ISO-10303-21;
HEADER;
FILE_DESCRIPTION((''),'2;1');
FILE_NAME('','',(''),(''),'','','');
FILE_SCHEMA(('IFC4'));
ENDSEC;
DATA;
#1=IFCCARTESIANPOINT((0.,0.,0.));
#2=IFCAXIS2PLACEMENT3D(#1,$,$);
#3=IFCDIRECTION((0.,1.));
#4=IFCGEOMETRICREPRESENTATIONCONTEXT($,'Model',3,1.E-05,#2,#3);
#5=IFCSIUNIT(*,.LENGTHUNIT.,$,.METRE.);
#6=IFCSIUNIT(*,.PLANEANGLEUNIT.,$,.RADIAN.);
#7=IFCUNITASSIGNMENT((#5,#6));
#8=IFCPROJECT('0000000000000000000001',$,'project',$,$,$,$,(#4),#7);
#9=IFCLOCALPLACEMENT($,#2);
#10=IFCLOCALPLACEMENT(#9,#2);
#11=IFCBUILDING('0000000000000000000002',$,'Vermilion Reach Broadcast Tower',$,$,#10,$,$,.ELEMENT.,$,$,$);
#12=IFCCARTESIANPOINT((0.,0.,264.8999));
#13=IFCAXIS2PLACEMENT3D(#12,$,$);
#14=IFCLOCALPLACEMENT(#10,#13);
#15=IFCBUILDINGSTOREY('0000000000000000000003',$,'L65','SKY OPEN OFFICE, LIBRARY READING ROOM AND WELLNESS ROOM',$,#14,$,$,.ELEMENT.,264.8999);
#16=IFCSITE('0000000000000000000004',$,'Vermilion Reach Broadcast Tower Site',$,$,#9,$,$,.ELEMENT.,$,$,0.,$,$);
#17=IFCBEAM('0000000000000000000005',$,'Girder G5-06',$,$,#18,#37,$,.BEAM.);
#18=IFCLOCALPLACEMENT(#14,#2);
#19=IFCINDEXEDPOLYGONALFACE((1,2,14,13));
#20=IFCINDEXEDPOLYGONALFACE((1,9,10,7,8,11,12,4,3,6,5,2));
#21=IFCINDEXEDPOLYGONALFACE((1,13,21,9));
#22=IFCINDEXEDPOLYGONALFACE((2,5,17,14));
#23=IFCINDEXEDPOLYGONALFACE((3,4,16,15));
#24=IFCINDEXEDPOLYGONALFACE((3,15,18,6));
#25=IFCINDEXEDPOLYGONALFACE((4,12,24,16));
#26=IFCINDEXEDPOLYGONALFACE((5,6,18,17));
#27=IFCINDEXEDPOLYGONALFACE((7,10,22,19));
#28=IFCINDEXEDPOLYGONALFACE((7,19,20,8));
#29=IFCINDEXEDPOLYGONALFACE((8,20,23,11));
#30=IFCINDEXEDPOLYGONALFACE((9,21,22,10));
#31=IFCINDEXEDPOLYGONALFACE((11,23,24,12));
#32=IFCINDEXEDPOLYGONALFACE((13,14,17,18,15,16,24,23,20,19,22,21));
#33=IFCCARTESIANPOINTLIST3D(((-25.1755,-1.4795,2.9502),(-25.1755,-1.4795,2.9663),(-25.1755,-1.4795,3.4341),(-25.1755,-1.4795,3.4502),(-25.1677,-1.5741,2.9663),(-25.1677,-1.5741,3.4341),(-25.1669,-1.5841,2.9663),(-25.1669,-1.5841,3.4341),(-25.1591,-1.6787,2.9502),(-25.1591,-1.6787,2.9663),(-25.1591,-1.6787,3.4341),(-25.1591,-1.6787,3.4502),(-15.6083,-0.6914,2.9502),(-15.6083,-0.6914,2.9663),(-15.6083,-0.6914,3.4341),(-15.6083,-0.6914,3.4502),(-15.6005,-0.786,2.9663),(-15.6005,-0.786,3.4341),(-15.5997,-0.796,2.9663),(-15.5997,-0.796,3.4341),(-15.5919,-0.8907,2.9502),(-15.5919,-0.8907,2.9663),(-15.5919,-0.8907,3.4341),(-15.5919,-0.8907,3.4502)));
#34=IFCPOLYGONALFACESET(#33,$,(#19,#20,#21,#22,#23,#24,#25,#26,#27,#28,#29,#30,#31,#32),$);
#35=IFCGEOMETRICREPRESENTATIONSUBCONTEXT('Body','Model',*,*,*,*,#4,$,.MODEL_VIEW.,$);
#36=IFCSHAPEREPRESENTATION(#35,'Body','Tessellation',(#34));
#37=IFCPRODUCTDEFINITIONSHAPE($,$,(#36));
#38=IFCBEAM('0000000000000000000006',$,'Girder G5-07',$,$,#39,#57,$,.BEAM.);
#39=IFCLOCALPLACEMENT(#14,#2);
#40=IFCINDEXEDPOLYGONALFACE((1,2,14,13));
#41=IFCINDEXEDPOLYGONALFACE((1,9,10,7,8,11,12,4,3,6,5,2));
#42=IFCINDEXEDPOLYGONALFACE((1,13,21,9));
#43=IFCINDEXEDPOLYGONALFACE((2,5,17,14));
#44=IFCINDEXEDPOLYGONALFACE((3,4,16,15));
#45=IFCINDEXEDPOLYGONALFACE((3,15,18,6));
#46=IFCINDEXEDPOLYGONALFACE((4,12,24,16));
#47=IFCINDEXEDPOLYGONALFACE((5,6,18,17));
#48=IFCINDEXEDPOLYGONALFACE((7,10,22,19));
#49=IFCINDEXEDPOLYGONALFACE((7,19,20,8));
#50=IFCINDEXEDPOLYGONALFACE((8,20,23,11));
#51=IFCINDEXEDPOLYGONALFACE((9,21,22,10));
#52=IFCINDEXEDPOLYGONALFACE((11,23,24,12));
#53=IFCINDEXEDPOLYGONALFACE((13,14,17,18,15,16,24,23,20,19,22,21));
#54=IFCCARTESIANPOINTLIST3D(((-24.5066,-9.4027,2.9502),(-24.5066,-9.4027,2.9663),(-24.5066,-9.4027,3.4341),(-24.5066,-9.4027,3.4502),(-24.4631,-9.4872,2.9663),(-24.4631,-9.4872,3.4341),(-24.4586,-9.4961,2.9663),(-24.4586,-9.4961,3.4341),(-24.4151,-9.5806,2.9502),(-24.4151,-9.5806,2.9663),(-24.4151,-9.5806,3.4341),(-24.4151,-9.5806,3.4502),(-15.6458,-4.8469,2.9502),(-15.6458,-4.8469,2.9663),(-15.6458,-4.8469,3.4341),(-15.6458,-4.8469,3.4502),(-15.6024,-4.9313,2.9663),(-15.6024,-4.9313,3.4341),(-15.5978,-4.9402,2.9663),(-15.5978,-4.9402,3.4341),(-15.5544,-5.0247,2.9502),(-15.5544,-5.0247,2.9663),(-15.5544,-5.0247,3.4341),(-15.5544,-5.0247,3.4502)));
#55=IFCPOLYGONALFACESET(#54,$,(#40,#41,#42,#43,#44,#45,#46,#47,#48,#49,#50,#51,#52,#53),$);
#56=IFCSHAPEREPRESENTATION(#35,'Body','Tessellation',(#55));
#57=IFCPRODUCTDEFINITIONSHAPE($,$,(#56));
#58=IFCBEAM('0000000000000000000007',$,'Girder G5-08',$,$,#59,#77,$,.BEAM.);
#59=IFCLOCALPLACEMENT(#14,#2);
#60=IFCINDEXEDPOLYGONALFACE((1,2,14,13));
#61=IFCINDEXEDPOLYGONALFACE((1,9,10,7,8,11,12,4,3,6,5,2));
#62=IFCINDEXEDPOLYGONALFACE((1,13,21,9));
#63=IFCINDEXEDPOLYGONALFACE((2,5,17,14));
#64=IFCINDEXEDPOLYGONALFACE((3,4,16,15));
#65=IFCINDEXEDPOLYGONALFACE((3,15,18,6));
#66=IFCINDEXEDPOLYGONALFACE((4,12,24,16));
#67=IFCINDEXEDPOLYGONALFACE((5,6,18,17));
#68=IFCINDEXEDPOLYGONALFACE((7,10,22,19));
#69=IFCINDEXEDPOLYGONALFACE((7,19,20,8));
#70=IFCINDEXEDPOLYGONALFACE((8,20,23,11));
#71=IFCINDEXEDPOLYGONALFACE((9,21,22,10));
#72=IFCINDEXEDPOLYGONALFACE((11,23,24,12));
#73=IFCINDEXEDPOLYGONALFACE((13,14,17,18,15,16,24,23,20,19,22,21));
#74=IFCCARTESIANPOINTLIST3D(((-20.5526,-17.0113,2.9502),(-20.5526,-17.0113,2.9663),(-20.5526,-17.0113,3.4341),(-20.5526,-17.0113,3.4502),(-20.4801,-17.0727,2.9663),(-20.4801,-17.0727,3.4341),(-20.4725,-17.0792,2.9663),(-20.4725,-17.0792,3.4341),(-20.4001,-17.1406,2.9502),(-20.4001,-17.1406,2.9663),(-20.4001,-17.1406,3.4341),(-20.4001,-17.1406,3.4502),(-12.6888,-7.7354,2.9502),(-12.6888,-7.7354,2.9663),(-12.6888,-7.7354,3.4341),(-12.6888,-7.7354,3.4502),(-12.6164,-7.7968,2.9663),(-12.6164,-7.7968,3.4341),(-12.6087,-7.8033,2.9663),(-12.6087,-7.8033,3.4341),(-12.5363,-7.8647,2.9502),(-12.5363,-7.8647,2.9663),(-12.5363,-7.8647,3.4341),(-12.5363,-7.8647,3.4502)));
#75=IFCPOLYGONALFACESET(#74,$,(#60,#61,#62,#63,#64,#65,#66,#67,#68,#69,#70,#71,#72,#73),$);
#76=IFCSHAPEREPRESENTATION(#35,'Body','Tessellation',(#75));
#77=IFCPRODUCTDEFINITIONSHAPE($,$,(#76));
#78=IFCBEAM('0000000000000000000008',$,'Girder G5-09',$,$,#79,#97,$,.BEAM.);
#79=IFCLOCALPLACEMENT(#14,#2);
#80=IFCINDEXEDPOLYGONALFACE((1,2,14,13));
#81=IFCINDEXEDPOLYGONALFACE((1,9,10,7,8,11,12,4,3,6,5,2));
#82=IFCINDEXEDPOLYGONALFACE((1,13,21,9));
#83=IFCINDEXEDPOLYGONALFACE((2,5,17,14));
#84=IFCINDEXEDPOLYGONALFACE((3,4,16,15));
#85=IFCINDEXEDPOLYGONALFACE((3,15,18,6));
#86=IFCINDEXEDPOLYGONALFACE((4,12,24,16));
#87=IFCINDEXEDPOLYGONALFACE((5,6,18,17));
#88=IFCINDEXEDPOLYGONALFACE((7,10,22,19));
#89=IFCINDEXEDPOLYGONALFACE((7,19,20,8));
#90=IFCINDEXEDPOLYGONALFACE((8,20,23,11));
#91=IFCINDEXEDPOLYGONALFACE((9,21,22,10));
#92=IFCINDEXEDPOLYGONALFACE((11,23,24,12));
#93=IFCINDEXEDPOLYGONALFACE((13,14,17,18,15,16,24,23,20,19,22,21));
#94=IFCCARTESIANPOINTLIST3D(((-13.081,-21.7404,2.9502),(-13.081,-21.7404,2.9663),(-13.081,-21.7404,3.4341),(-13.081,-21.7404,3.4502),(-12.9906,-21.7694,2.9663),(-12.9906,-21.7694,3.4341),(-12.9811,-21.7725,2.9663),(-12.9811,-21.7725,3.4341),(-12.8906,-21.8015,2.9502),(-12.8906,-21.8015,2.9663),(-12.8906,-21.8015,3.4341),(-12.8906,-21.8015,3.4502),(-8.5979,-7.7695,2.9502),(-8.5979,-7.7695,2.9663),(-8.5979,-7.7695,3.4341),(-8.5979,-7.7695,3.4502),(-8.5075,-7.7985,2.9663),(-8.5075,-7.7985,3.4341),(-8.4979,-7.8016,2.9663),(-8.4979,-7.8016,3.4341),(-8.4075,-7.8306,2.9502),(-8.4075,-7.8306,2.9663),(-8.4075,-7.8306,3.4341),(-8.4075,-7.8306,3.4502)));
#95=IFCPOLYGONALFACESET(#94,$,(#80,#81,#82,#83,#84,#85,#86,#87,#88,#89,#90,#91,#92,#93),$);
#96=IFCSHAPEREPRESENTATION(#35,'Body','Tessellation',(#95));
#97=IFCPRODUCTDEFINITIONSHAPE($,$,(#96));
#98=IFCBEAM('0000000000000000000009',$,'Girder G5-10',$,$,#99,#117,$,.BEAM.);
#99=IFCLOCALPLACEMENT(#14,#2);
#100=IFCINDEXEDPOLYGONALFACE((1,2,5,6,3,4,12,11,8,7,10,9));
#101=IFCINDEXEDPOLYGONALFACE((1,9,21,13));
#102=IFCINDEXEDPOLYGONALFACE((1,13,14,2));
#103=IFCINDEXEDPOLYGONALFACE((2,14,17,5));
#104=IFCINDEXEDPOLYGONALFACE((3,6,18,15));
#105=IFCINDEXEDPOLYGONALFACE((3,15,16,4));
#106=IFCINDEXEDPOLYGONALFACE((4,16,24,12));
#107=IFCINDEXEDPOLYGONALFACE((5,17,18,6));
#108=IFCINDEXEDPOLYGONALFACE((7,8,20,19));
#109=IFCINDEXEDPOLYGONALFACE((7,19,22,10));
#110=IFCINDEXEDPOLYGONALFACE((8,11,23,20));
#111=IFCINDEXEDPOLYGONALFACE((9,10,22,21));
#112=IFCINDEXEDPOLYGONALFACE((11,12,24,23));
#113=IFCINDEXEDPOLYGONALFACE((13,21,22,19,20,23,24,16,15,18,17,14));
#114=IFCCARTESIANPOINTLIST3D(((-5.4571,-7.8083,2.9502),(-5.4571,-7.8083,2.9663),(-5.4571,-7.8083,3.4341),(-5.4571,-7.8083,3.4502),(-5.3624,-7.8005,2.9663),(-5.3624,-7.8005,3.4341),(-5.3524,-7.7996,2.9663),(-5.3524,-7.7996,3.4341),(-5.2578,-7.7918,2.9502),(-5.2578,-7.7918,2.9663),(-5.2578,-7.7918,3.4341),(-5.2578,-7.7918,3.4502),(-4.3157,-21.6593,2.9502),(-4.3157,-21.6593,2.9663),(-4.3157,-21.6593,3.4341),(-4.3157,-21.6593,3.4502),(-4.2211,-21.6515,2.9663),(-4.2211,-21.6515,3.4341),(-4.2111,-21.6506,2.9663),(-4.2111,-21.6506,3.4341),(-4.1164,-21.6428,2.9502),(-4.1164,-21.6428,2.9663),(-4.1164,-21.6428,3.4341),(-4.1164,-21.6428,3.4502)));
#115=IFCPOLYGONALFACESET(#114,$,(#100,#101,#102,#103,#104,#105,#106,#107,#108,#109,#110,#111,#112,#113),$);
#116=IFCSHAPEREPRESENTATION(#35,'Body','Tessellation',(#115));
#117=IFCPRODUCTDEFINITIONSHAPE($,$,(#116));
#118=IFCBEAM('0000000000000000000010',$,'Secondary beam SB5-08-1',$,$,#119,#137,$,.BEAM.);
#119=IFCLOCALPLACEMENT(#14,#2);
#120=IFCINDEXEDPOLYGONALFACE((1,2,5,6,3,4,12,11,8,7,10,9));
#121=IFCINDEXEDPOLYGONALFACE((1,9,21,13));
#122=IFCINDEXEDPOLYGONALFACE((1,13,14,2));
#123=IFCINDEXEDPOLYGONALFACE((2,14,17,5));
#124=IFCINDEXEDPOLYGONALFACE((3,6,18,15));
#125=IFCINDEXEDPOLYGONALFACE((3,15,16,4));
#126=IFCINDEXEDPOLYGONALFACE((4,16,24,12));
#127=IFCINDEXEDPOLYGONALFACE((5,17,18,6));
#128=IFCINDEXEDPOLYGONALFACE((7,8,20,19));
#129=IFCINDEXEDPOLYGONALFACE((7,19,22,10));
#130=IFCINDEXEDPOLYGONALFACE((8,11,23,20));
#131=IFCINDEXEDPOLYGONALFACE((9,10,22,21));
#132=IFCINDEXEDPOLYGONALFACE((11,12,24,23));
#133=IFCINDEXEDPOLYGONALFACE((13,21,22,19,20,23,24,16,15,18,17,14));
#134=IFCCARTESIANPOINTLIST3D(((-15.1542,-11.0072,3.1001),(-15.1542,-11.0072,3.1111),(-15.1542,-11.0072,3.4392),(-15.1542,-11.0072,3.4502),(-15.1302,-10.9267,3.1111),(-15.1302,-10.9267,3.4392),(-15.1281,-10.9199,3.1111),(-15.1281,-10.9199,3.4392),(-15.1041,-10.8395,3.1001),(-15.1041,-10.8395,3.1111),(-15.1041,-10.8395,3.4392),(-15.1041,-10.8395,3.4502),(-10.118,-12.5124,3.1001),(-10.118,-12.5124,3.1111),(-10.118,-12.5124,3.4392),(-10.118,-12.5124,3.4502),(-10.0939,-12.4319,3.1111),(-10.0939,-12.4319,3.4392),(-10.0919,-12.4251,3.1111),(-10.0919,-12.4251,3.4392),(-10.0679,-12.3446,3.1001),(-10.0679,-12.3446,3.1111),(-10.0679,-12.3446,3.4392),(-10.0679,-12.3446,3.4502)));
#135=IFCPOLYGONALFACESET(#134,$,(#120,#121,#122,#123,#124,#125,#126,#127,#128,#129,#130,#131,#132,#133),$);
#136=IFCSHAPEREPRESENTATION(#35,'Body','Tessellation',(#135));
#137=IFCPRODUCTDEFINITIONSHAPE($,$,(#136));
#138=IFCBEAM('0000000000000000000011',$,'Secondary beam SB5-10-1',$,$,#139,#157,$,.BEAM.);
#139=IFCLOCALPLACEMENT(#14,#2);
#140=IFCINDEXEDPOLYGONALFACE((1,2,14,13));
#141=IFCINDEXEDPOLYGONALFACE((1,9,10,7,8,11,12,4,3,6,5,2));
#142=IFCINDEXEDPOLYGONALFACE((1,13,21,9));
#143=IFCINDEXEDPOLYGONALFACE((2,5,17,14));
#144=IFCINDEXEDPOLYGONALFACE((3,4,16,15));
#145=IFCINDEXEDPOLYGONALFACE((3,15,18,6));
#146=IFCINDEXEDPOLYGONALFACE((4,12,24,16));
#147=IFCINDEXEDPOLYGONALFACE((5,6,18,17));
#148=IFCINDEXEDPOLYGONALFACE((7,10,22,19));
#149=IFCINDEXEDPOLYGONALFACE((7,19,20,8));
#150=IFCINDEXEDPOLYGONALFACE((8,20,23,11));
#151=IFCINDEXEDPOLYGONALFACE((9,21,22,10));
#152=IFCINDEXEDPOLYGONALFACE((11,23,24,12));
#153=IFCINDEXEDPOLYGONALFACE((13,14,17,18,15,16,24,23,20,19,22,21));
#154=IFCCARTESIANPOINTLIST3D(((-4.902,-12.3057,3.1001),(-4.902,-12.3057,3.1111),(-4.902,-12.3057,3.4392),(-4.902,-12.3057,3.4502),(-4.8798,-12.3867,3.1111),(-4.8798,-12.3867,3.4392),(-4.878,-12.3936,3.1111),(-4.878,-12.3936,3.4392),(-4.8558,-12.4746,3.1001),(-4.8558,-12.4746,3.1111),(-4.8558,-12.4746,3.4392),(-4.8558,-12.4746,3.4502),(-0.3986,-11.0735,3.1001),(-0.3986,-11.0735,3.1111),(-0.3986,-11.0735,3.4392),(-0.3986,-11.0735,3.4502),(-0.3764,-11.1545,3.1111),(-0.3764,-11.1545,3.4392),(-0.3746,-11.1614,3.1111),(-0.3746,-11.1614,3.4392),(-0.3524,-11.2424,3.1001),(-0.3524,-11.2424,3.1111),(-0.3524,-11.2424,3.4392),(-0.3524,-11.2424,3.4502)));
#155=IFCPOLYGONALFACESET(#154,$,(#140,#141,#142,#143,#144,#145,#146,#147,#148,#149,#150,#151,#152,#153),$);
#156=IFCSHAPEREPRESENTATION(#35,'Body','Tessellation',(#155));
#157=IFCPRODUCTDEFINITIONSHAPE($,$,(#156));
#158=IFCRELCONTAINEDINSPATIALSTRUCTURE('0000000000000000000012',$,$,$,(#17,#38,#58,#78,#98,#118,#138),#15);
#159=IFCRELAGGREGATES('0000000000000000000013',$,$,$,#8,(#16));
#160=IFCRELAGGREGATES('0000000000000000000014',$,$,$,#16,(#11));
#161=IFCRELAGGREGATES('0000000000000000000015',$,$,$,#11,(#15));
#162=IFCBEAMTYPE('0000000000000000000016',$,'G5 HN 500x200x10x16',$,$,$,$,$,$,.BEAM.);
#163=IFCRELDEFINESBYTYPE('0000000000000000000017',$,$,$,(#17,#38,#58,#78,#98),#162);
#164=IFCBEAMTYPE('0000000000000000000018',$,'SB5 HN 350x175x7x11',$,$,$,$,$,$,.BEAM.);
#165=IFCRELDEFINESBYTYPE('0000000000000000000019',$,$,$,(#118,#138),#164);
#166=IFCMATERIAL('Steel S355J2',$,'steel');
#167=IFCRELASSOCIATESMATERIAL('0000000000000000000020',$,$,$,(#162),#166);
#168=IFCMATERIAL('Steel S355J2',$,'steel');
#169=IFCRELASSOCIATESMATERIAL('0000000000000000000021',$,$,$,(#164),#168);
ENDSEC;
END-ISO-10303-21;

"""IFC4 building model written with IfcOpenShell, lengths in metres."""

from ifc_helpers import new_model, si_unit, direction, frame, origin, origin_2d, place, context, subcontext, project, spatial, i_section, extrude, material, material_profile, profile_set, type_object, element, save


model = new_model("IFC4")

# Units and contexts
model_context = context("Model", 3, precision=1e-05, world=origin(), true_north=direction((0.0, 1.0)))
body_context = subcontext(model_context, "Body", "Model", "MODEL_VIEW")
ifc_project = project(units=[si_unit("LENGTHUNIT", "METRE"), si_unit("PLANEANGLEUNIT", "RADIAN")], contexts=[model_context])

# Site, building, storey
site_placement = place(None, origin())
site = spatial("IfcSite", under=ifc_project, at=site_placement, Name="Vermilion Reach Broadcast Tower Site", CompositionType="ELEMENT", RefElevation=0.0)
building_placement = place(site_placement, origin())
building = spatial("IfcBuilding", under=site, at=building_placement, Name="Vermilion Reach Broadcast Tower", CompositionType="ELEMENT")
storey_placement = place(building_placement, frame((0.0, 0.0, 264.8999)))
storey = spatial("IfcBuildingStorey", under=building, at=storey_placement, Name="L65", Description="SKY OPEN OFFICE, LIBRARY READING ROOM AND WELLNESS ROOM", CompositionType="ELEMENT", Elevation=264.8999)

# Beams
ifc_material_1 = material(Name="Steel S355J2", Category="steel")
ifc_material_profile_1 = material_profile(ifc_material_1, i_section(OverallWidth=0.2, OverallDepth=0.5, WebThickness=0.01, FlangeThickness=0.0161, at=origin_2d()), Name="S355J2 HN 500x200x10x16")
ifc_profile_set_1 = profile_set([ifc_material_profile_1], Name="Steel S355J2")
beam_type_1 = type_object("IfcBeamType", Name="G5 HN 500x200x10x16", PredefinedType="BEAM", material=ifc_profile_set_1)
beam_1_placement = place(storey_placement, frame((-15.6001, -0.791, 3.2002), z_axis=(-0.996624, -0.082096, 0.0), x_axis=(0.082096, -0.996624, 0.0)))
element("IfcBeam", 1, at=beam_1_placement, inside=storey, type_object=beam_type_1, Name="Girder G5-06", PredefinedType="BEAM", context=body_context, shape_type="SweptSolid", body=[
    extrude(i_section(OverallWidth=0.2, OverallDepth=0.5, WebThickness=0.01, FlangeThickness=0.0161, at=origin_2d()), origin(), (0.0, 0.0, 1.0), 9.5996),
])
beam_2_placement = place(storey_placement, frame((-15.6001, -4.9358, 3.2002), z_axis=(-0.889333, -0.457261, 0.0), x_axis=(0.457261, -0.889333, 0.0)))
element("IfcBeam", 2, at=beam_2_placement, inside=storey, type_object=beam_type_1, Name="Girder G5-07", PredefinedType="BEAM", context=body_context, shape_type="SweptSolid", body=[
    extrude(i_section(OverallWidth=0.2, OverallDepth=0.5, WebThickness=0.01, FlangeThickness=0.0161, at=origin_2d()), origin(), (0.0, 0.0, 1.0), 9.9634),
])
beam_3_placement = place(storey_placement, frame((-12.6125, -7.8, 3.2002), z_axis=(-0.646658, -0.76278, 0.0), x_axis=(0.76278, -0.646658, 0.0)))
element("IfcBeam", 3, at=beam_3_placement, inside=storey, type_object=beam_type_1, Name="Girder G5-08", PredefinedType="BEAM", context=body_context, shape_type="SweptSolid", body=[
    extrude(i_section(OverallWidth=0.2, OverallDepth=0.5, WebThickness=0.01, FlangeThickness=0.0161, at=origin_2d()), origin(), (0.0, 0.0, 1.0), 12.1606),
])
beam_4_placement = place(storey_placement, frame((-8.5027, -7.8, 3.2002), z_axis=(-0.305545, -0.952178, 0.0), x_axis=(0.952178, -0.305545, 0.0)))
element("IfcBeam", 4, at=beam_4_placement, inside=storey, type_object=beam_type_1, Name="Girder G5-09", PredefinedType="BEAM", context=body_context, shape_type="SweptSolid", body=[
    extrude(i_section(OverallWidth=0.2, OverallDepth=0.5, WebThickness=0.01, FlangeThickness=0.0161, at=origin_2d()), origin(), (0.0, 0.0, 1.0), 14.6726),
])
beam_5_placement = place(storey_placement, frame((-5.3574, -7.8, 3.2002), z_axis=(0.082124, -0.996622, 0.0), x_axis=(0.996622, 0.082124, 0.0)))
element("IfcBeam", 5, at=beam_5_placement, inside=storey, type_object=beam_type_1, Name="Girder G5-10", PredefinedType="BEAM", context=body_context, shape_type="SweptSolid", body=[
    extrude(i_section(OverallWidth=0.2, OverallDepth=0.5, WebThickness=0.01, FlangeThickness=0.0161, at=origin_2d()), origin(), (0.0, 0.0, 1.0), 13.8979),
])
ifc_material_2 = material(Name="Steel S355J2", Category="steel")
ifc_material_profile_2 = material_profile(ifc_material_2, i_section(OverallWidth=0.175, OverallDepth=0.3501, WebThickness=0.0071, FlangeThickness=0.011, at=origin_2d()), Name="S355J2 HN 350x175x7x11")
ifc_profile_set_2 = profile_set([ifc_material_profile_2], Name="Steel S355J2")
beam_type_2 = type_object("IfcBeamType", Name="SB5 HN 350x175x7x11", PredefinedType="BEAM", material=ifc_profile_set_2)
beam_6_placement = place(storey_placement, frame((-15.1292, -10.9233, 3.2751), z_axis=(0.958125, -0.286351, 0.0), x_axis=(0.286351, 0.958125, 0.0)))
element("IfcBeam", 6, at=beam_6_placement, inside=storey, type_object=beam_type_2, Name="Secondary beam SB5-08-1", PredefinedType="BEAM", context=body_context, shape_type="SweptSolid", body=[
    extrude(i_section(OverallWidth=0.175, OverallDepth=0.3501, WebThickness=0.0071, FlangeThickness=0.011, at=origin_2d()), origin(), (0.0, 0.0, 1.0), 5.2563),
])
beam_7_placement = place(storey_placement, frame((-4.8789, -12.3901, 3.2751), z_axis=(0.964547, 0.263909, 0.0), x_axis=(-0.263909, 0.964547, 0.0)))
element("IfcBeam", 7, at=beam_7_placement, inside=storey, type_object=beam_type_2, Name="Secondary beam SB5-10-1", PredefinedType="BEAM", context=body_context, shape_type="SweptSolid", body=[
    extrude(i_section(OverallWidth=0.175, OverallDepth=0.3501, WebThickness=0.0071, FlangeThickness=0.011, at=origin_2d()), origin(), (0.0, 0.0, 1.0), 4.6689),
])

save(model, "model.ifc")
